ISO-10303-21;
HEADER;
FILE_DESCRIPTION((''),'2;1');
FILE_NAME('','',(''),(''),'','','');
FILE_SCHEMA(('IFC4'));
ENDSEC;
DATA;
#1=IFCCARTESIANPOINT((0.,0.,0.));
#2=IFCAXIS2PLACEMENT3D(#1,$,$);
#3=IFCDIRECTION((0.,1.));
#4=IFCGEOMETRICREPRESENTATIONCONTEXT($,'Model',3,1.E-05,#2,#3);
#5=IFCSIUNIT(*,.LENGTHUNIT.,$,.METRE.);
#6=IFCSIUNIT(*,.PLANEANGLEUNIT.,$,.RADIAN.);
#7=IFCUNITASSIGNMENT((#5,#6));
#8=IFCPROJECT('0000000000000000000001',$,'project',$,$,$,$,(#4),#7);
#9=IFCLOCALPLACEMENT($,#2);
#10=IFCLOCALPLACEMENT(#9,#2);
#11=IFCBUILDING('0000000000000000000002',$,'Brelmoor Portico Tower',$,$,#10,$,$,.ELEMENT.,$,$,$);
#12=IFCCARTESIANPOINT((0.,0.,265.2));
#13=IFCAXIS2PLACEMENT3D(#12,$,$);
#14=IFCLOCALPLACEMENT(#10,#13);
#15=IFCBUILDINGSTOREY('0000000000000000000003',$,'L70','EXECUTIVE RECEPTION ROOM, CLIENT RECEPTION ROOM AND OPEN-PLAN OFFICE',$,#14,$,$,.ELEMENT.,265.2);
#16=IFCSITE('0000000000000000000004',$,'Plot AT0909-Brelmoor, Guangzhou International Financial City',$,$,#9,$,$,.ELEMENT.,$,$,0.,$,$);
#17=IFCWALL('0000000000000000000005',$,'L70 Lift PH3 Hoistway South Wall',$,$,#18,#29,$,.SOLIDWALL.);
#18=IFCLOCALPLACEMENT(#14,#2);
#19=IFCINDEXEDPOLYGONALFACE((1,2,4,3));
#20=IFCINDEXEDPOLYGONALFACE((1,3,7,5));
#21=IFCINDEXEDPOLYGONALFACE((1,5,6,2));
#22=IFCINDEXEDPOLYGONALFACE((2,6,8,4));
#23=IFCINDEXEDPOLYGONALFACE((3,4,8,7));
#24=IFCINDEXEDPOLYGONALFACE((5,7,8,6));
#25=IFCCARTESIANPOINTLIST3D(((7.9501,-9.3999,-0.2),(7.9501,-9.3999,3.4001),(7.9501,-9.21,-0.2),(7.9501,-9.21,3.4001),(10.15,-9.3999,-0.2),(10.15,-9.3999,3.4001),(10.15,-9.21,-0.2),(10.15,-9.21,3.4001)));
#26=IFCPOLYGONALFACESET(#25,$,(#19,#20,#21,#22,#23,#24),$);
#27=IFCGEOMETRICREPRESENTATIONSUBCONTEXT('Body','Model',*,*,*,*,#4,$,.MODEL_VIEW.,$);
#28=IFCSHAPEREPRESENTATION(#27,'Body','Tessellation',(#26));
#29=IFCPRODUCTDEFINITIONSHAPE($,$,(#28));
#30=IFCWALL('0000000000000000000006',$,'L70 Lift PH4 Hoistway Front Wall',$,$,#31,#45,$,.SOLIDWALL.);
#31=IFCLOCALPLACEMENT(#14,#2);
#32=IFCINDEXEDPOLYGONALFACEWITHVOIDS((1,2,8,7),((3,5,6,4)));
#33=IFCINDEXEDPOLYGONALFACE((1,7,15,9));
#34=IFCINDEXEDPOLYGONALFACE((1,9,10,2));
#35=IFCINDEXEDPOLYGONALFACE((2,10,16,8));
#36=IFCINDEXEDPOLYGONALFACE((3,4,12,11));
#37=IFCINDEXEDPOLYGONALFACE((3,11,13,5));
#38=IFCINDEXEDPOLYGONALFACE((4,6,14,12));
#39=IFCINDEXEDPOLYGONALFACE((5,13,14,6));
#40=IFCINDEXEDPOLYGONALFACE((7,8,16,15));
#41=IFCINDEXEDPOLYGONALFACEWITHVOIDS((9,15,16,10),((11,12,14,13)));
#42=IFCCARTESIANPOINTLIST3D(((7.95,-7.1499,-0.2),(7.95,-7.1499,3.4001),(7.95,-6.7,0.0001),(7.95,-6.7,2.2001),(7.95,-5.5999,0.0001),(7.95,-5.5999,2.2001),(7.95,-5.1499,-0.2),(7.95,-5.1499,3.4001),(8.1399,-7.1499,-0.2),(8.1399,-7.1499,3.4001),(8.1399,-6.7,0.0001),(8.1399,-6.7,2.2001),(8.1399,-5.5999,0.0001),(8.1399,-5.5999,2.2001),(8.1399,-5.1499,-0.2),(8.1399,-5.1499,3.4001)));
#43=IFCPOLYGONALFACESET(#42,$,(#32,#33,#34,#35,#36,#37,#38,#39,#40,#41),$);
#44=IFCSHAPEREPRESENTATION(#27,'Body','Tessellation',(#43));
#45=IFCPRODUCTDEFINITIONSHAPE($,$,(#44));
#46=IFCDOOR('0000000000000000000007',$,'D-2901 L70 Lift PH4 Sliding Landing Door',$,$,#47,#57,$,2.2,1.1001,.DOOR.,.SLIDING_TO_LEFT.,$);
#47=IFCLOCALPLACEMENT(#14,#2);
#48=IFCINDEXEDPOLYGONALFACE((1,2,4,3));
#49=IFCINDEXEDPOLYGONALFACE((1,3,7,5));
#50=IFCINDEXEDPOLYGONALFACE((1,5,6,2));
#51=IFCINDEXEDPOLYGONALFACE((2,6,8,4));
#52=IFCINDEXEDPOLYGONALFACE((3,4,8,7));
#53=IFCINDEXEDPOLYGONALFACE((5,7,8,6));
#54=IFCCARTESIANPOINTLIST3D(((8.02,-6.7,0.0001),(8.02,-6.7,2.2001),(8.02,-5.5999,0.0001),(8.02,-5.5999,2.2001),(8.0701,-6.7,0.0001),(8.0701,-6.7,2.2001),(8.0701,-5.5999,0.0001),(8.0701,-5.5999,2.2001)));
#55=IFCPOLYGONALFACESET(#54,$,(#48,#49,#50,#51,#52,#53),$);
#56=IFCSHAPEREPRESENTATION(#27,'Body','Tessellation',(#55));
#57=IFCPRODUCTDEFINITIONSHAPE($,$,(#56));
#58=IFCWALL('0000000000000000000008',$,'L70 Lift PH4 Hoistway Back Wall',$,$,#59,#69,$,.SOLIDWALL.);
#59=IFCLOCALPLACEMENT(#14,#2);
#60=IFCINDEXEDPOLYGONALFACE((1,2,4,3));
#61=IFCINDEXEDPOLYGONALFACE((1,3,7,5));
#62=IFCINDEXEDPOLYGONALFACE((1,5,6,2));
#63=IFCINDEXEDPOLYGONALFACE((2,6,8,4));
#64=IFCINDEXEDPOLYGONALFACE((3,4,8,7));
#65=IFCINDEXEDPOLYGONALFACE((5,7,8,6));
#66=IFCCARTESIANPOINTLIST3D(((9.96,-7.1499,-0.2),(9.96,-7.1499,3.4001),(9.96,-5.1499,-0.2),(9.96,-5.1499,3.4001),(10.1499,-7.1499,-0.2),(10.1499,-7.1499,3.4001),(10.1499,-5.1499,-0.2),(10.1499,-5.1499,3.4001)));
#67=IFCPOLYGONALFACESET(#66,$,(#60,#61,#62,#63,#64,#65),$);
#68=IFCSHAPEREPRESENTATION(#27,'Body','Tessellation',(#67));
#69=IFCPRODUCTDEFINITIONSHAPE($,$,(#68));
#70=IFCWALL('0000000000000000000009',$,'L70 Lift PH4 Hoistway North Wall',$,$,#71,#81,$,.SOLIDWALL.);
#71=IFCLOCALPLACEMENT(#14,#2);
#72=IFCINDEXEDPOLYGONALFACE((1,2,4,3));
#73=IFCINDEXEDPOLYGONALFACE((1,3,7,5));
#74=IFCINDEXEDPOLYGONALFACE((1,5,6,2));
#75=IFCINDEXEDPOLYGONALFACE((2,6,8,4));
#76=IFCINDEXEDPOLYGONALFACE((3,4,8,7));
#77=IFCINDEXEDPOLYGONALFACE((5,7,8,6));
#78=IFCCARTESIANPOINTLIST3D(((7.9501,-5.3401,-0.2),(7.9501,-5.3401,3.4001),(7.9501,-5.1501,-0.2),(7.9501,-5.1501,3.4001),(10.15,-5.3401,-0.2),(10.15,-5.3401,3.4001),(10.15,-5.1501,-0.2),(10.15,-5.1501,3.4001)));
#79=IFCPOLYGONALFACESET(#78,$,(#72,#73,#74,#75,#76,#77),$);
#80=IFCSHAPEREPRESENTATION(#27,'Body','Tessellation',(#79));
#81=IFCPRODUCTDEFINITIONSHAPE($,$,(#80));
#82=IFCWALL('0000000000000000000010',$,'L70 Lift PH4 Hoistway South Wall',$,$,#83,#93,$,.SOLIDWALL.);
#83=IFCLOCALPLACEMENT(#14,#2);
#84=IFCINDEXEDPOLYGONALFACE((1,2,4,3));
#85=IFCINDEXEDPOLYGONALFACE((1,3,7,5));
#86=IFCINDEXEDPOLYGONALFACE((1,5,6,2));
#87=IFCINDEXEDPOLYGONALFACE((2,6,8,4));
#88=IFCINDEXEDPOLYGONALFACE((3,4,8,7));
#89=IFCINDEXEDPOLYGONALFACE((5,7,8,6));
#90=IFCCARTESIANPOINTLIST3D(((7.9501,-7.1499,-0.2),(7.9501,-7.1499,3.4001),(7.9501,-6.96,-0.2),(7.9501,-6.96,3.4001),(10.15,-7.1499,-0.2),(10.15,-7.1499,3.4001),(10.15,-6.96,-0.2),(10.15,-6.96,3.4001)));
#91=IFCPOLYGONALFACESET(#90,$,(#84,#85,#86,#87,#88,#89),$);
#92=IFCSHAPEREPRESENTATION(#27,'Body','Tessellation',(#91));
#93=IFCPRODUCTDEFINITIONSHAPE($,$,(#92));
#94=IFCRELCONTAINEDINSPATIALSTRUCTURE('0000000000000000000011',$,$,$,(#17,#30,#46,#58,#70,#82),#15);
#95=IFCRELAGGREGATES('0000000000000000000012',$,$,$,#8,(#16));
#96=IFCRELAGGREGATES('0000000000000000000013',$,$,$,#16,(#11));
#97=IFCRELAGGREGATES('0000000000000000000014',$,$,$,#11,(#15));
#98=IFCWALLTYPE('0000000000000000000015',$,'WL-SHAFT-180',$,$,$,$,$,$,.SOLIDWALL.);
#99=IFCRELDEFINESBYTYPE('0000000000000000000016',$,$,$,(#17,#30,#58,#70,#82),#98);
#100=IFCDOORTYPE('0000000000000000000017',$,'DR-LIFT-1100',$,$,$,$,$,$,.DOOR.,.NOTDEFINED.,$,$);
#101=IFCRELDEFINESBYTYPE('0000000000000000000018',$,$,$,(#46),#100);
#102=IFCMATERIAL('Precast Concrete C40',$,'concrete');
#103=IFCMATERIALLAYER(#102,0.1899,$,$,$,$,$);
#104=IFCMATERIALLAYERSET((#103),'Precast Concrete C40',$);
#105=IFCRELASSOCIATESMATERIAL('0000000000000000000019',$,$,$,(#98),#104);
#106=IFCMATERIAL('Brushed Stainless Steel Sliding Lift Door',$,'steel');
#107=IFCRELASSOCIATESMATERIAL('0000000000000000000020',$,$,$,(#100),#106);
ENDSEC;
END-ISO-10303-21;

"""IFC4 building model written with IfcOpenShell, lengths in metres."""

from ifc_helpers import new_model, si_unit, direction, frame, frame_2d, origin, place, context, subcontext, project, spatial, rectangle, extrude, material, layer, layer_set, type_object, element, fill, save


model = new_model("IFC4")

# Units and contexts
model_context = context("Model", 3, precision=1e-05, world=origin(), true_north=direction((0.0, 1.0)))
body_context = subcontext(model_context, "Body", "Model", "MODEL_VIEW")
ifc_project = project(units=[si_unit("LENGTHUNIT", "METRE"), si_unit("PLANEANGLEUNIT", "RADIAN")], contexts=[model_context])

# Site, building, storey
site_placement = place(None, origin())
site = spatial("IfcSite", under=ifc_project, at=site_placement, Name="Plot AT0909-Brelmoor, Guangzhou International Financial City", CompositionType="ELEMENT", RefElevation=0.0)
building_placement = place(site_placement, origin())
building = spatial("IfcBuilding", under=site, at=building_placement, Name="Brelmoor Portico Tower", CompositionType="ELEMENT")
storey_placement = place(building_placement, frame((0.0, 0.0, 265.2)))
storey = spatial("IfcBuildingStorey", under=building, at=storey_placement, Name="L70", Description="EXECUTIVE RECEPTION ROOM, CLIENT RECEPTION ROOM AND OPEN-PLAN OFFICE", CompositionType="ELEMENT", Elevation=265.2)

# Wall
ifc_material_1 = material(Name="Precast Concrete C40", Category="concrete")
ifc_layer_1 = layer(ifc_material_1, 0.1899)
ifc_layer_set_1 = layer_set([ifc_layer_1], Name="Precast Concrete C40")
wall_type_1 = type_object("IfcWallType", Name="WL-SHAFT-180", PredefinedType="SOLIDWALL", material=ifc_layer_set_1)
for number, where, z_axis, x_axis, name in (
    (1, (7.95, -9.3049, -0.2), (0.0, 0.0, 1.0), (1.0, 0.0, 0.0), "L70 Lift PH3 Hoistway South Wall"),
):
    element("IfcWall", number, at=place(storey_placement, frame(where, z_axis=z_axis, x_axis=x_axis)), inside=storey, type_object=wall_type_1, Name=name, PredefinedType="SOLIDWALL", context=body_context, shape_type="SweptSolid", body=[
        extrude(rectangle(XDim=2.2, YDim=0.1899, at=frame_2d((1.1001, 0.0))), origin(), (0.0, 0.0, 1.0), 3.6001),
    ])

# Wall, opening, door
wall_1_placement = place(storey_placement, frame((8.0449, -7.1499, -0.2), z_axis=(0.0, 0.0, 1.0), x_axis=(0.0, 1.0, 0.0)))
wall_1 = element("IfcWall", 2, at=wall_1_placement, inside=storey, type_object=wall_type_1, Name="L70 Lift PH4 Hoistway Front Wall", PredefinedType="SOLIDWALL", context=body_context, shape_type="SweptSolid", body=[
    extrude(rectangle(XDim=2.0, YDim=0.1899, at=frame_2d((1.0, 0.0))), origin(), (0.0, 0.0, 1.0), 3.6001),
])
opening_1_placement = place(wall_1_placement, frame((0.45, 0.0, 0.2)))
opening_1 = element("IfcOpeningElement", 3, at=opening_1_placement, cuts=wall_1, PredefinedType="OPENING", context=body_context, shape_type="SweptSolid", body=[
    extrude(rectangle(XDim=1.1001, YDim=2.2, at=frame_2d((0.55, 1.1001))), frame((0.0, 0.105, 0.0), z_axis=(0.0, -1.0, 0.0), x_axis=(1.0, 0.0, 0.0)), (0.0, 0.0, 1.0), 0.21),
])
ifc_material_2 = material(Name="Brushed Stainless Steel Sliding Lift Door", Category="steel")
door_type_1 = type_object("IfcDoorType", Name="DR-LIFT-1100", OperationType="NOTDEFINED", PredefinedType="DOOR", material=ifc_material_2)
door_1_placement = place(opening_1_placement, origin())
door_1 = element("IfcDoor", 4, at=door_1_placement, inside=storey, type_object=door_type_1, Name="D-2901 L70 Lift PH4 Sliding Landing Door", OperationType="SLIDING_TO_LEFT", OverallHeight=2.2, OverallWidth=1.1001, PredefinedType="DOOR", context=body_context, shape_type="SweptSolid", body=[
    extrude(rectangle(XDim=1.1001, YDim=2.2, at=frame_2d((0.55, 1.1001))), frame((0.0, 0.0249, 0.0), z_axis=(0.0, -1.0, 0.0), x_axis=(1.0, 0.0, 0.0)), (0.0, 0.0, 1.0), 0.05),
])
fill(opening_1, door_1)

# Walls
wall_2_placement = place(storey_placement, frame((10.0549, -7.1499, -0.2), z_axis=(0.0, 0.0, 1.0), x_axis=(0.0, 1.0, 0.0)))
element("IfcWall", 5, at=wall_2_placement, inside=storey, type_object=wall_type_1, Name="L70 Lift PH4 Hoistway Back Wall", PredefinedType="SOLIDWALL", context=body_context, shape_type="SweptSolid", body=[
    extrude(rectangle(XDim=2.0, YDim=0.1899, at=frame_2d((1.0, 0.0))), origin(), (0.0, 0.0, 1.0), 3.6001),
])
for number, where, z_axis, x_axis, name in (
    (6, (7.95, -5.2451, -0.2), (0.0, 0.0, 1.0), (1.0, 0.0, 0.0), "L70 Lift PH4 Hoistway North Wall"),
    (7, (7.95, -7.0549, -0.2), (0.0, 0.0, 1.0), (1.0, 0.0, 0.0), "L70 Lift PH4 Hoistway South Wall"),
):
    element("IfcWall", number, at=place(storey_placement, frame(where, z_axis=z_axis, x_axis=x_axis)), inside=storey, type_object=wall_type_1, Name=name, PredefinedType="SOLIDWALL", context=body_context, shape_type="SweptSolid", body=[
        extrude(rectangle(XDim=2.2, YDim=0.1899, at=frame_2d((1.1001, 0.0))), origin(), (0.0, 0.0, 1.0), 3.6001),
    ])

save(model, "model.ifc")
